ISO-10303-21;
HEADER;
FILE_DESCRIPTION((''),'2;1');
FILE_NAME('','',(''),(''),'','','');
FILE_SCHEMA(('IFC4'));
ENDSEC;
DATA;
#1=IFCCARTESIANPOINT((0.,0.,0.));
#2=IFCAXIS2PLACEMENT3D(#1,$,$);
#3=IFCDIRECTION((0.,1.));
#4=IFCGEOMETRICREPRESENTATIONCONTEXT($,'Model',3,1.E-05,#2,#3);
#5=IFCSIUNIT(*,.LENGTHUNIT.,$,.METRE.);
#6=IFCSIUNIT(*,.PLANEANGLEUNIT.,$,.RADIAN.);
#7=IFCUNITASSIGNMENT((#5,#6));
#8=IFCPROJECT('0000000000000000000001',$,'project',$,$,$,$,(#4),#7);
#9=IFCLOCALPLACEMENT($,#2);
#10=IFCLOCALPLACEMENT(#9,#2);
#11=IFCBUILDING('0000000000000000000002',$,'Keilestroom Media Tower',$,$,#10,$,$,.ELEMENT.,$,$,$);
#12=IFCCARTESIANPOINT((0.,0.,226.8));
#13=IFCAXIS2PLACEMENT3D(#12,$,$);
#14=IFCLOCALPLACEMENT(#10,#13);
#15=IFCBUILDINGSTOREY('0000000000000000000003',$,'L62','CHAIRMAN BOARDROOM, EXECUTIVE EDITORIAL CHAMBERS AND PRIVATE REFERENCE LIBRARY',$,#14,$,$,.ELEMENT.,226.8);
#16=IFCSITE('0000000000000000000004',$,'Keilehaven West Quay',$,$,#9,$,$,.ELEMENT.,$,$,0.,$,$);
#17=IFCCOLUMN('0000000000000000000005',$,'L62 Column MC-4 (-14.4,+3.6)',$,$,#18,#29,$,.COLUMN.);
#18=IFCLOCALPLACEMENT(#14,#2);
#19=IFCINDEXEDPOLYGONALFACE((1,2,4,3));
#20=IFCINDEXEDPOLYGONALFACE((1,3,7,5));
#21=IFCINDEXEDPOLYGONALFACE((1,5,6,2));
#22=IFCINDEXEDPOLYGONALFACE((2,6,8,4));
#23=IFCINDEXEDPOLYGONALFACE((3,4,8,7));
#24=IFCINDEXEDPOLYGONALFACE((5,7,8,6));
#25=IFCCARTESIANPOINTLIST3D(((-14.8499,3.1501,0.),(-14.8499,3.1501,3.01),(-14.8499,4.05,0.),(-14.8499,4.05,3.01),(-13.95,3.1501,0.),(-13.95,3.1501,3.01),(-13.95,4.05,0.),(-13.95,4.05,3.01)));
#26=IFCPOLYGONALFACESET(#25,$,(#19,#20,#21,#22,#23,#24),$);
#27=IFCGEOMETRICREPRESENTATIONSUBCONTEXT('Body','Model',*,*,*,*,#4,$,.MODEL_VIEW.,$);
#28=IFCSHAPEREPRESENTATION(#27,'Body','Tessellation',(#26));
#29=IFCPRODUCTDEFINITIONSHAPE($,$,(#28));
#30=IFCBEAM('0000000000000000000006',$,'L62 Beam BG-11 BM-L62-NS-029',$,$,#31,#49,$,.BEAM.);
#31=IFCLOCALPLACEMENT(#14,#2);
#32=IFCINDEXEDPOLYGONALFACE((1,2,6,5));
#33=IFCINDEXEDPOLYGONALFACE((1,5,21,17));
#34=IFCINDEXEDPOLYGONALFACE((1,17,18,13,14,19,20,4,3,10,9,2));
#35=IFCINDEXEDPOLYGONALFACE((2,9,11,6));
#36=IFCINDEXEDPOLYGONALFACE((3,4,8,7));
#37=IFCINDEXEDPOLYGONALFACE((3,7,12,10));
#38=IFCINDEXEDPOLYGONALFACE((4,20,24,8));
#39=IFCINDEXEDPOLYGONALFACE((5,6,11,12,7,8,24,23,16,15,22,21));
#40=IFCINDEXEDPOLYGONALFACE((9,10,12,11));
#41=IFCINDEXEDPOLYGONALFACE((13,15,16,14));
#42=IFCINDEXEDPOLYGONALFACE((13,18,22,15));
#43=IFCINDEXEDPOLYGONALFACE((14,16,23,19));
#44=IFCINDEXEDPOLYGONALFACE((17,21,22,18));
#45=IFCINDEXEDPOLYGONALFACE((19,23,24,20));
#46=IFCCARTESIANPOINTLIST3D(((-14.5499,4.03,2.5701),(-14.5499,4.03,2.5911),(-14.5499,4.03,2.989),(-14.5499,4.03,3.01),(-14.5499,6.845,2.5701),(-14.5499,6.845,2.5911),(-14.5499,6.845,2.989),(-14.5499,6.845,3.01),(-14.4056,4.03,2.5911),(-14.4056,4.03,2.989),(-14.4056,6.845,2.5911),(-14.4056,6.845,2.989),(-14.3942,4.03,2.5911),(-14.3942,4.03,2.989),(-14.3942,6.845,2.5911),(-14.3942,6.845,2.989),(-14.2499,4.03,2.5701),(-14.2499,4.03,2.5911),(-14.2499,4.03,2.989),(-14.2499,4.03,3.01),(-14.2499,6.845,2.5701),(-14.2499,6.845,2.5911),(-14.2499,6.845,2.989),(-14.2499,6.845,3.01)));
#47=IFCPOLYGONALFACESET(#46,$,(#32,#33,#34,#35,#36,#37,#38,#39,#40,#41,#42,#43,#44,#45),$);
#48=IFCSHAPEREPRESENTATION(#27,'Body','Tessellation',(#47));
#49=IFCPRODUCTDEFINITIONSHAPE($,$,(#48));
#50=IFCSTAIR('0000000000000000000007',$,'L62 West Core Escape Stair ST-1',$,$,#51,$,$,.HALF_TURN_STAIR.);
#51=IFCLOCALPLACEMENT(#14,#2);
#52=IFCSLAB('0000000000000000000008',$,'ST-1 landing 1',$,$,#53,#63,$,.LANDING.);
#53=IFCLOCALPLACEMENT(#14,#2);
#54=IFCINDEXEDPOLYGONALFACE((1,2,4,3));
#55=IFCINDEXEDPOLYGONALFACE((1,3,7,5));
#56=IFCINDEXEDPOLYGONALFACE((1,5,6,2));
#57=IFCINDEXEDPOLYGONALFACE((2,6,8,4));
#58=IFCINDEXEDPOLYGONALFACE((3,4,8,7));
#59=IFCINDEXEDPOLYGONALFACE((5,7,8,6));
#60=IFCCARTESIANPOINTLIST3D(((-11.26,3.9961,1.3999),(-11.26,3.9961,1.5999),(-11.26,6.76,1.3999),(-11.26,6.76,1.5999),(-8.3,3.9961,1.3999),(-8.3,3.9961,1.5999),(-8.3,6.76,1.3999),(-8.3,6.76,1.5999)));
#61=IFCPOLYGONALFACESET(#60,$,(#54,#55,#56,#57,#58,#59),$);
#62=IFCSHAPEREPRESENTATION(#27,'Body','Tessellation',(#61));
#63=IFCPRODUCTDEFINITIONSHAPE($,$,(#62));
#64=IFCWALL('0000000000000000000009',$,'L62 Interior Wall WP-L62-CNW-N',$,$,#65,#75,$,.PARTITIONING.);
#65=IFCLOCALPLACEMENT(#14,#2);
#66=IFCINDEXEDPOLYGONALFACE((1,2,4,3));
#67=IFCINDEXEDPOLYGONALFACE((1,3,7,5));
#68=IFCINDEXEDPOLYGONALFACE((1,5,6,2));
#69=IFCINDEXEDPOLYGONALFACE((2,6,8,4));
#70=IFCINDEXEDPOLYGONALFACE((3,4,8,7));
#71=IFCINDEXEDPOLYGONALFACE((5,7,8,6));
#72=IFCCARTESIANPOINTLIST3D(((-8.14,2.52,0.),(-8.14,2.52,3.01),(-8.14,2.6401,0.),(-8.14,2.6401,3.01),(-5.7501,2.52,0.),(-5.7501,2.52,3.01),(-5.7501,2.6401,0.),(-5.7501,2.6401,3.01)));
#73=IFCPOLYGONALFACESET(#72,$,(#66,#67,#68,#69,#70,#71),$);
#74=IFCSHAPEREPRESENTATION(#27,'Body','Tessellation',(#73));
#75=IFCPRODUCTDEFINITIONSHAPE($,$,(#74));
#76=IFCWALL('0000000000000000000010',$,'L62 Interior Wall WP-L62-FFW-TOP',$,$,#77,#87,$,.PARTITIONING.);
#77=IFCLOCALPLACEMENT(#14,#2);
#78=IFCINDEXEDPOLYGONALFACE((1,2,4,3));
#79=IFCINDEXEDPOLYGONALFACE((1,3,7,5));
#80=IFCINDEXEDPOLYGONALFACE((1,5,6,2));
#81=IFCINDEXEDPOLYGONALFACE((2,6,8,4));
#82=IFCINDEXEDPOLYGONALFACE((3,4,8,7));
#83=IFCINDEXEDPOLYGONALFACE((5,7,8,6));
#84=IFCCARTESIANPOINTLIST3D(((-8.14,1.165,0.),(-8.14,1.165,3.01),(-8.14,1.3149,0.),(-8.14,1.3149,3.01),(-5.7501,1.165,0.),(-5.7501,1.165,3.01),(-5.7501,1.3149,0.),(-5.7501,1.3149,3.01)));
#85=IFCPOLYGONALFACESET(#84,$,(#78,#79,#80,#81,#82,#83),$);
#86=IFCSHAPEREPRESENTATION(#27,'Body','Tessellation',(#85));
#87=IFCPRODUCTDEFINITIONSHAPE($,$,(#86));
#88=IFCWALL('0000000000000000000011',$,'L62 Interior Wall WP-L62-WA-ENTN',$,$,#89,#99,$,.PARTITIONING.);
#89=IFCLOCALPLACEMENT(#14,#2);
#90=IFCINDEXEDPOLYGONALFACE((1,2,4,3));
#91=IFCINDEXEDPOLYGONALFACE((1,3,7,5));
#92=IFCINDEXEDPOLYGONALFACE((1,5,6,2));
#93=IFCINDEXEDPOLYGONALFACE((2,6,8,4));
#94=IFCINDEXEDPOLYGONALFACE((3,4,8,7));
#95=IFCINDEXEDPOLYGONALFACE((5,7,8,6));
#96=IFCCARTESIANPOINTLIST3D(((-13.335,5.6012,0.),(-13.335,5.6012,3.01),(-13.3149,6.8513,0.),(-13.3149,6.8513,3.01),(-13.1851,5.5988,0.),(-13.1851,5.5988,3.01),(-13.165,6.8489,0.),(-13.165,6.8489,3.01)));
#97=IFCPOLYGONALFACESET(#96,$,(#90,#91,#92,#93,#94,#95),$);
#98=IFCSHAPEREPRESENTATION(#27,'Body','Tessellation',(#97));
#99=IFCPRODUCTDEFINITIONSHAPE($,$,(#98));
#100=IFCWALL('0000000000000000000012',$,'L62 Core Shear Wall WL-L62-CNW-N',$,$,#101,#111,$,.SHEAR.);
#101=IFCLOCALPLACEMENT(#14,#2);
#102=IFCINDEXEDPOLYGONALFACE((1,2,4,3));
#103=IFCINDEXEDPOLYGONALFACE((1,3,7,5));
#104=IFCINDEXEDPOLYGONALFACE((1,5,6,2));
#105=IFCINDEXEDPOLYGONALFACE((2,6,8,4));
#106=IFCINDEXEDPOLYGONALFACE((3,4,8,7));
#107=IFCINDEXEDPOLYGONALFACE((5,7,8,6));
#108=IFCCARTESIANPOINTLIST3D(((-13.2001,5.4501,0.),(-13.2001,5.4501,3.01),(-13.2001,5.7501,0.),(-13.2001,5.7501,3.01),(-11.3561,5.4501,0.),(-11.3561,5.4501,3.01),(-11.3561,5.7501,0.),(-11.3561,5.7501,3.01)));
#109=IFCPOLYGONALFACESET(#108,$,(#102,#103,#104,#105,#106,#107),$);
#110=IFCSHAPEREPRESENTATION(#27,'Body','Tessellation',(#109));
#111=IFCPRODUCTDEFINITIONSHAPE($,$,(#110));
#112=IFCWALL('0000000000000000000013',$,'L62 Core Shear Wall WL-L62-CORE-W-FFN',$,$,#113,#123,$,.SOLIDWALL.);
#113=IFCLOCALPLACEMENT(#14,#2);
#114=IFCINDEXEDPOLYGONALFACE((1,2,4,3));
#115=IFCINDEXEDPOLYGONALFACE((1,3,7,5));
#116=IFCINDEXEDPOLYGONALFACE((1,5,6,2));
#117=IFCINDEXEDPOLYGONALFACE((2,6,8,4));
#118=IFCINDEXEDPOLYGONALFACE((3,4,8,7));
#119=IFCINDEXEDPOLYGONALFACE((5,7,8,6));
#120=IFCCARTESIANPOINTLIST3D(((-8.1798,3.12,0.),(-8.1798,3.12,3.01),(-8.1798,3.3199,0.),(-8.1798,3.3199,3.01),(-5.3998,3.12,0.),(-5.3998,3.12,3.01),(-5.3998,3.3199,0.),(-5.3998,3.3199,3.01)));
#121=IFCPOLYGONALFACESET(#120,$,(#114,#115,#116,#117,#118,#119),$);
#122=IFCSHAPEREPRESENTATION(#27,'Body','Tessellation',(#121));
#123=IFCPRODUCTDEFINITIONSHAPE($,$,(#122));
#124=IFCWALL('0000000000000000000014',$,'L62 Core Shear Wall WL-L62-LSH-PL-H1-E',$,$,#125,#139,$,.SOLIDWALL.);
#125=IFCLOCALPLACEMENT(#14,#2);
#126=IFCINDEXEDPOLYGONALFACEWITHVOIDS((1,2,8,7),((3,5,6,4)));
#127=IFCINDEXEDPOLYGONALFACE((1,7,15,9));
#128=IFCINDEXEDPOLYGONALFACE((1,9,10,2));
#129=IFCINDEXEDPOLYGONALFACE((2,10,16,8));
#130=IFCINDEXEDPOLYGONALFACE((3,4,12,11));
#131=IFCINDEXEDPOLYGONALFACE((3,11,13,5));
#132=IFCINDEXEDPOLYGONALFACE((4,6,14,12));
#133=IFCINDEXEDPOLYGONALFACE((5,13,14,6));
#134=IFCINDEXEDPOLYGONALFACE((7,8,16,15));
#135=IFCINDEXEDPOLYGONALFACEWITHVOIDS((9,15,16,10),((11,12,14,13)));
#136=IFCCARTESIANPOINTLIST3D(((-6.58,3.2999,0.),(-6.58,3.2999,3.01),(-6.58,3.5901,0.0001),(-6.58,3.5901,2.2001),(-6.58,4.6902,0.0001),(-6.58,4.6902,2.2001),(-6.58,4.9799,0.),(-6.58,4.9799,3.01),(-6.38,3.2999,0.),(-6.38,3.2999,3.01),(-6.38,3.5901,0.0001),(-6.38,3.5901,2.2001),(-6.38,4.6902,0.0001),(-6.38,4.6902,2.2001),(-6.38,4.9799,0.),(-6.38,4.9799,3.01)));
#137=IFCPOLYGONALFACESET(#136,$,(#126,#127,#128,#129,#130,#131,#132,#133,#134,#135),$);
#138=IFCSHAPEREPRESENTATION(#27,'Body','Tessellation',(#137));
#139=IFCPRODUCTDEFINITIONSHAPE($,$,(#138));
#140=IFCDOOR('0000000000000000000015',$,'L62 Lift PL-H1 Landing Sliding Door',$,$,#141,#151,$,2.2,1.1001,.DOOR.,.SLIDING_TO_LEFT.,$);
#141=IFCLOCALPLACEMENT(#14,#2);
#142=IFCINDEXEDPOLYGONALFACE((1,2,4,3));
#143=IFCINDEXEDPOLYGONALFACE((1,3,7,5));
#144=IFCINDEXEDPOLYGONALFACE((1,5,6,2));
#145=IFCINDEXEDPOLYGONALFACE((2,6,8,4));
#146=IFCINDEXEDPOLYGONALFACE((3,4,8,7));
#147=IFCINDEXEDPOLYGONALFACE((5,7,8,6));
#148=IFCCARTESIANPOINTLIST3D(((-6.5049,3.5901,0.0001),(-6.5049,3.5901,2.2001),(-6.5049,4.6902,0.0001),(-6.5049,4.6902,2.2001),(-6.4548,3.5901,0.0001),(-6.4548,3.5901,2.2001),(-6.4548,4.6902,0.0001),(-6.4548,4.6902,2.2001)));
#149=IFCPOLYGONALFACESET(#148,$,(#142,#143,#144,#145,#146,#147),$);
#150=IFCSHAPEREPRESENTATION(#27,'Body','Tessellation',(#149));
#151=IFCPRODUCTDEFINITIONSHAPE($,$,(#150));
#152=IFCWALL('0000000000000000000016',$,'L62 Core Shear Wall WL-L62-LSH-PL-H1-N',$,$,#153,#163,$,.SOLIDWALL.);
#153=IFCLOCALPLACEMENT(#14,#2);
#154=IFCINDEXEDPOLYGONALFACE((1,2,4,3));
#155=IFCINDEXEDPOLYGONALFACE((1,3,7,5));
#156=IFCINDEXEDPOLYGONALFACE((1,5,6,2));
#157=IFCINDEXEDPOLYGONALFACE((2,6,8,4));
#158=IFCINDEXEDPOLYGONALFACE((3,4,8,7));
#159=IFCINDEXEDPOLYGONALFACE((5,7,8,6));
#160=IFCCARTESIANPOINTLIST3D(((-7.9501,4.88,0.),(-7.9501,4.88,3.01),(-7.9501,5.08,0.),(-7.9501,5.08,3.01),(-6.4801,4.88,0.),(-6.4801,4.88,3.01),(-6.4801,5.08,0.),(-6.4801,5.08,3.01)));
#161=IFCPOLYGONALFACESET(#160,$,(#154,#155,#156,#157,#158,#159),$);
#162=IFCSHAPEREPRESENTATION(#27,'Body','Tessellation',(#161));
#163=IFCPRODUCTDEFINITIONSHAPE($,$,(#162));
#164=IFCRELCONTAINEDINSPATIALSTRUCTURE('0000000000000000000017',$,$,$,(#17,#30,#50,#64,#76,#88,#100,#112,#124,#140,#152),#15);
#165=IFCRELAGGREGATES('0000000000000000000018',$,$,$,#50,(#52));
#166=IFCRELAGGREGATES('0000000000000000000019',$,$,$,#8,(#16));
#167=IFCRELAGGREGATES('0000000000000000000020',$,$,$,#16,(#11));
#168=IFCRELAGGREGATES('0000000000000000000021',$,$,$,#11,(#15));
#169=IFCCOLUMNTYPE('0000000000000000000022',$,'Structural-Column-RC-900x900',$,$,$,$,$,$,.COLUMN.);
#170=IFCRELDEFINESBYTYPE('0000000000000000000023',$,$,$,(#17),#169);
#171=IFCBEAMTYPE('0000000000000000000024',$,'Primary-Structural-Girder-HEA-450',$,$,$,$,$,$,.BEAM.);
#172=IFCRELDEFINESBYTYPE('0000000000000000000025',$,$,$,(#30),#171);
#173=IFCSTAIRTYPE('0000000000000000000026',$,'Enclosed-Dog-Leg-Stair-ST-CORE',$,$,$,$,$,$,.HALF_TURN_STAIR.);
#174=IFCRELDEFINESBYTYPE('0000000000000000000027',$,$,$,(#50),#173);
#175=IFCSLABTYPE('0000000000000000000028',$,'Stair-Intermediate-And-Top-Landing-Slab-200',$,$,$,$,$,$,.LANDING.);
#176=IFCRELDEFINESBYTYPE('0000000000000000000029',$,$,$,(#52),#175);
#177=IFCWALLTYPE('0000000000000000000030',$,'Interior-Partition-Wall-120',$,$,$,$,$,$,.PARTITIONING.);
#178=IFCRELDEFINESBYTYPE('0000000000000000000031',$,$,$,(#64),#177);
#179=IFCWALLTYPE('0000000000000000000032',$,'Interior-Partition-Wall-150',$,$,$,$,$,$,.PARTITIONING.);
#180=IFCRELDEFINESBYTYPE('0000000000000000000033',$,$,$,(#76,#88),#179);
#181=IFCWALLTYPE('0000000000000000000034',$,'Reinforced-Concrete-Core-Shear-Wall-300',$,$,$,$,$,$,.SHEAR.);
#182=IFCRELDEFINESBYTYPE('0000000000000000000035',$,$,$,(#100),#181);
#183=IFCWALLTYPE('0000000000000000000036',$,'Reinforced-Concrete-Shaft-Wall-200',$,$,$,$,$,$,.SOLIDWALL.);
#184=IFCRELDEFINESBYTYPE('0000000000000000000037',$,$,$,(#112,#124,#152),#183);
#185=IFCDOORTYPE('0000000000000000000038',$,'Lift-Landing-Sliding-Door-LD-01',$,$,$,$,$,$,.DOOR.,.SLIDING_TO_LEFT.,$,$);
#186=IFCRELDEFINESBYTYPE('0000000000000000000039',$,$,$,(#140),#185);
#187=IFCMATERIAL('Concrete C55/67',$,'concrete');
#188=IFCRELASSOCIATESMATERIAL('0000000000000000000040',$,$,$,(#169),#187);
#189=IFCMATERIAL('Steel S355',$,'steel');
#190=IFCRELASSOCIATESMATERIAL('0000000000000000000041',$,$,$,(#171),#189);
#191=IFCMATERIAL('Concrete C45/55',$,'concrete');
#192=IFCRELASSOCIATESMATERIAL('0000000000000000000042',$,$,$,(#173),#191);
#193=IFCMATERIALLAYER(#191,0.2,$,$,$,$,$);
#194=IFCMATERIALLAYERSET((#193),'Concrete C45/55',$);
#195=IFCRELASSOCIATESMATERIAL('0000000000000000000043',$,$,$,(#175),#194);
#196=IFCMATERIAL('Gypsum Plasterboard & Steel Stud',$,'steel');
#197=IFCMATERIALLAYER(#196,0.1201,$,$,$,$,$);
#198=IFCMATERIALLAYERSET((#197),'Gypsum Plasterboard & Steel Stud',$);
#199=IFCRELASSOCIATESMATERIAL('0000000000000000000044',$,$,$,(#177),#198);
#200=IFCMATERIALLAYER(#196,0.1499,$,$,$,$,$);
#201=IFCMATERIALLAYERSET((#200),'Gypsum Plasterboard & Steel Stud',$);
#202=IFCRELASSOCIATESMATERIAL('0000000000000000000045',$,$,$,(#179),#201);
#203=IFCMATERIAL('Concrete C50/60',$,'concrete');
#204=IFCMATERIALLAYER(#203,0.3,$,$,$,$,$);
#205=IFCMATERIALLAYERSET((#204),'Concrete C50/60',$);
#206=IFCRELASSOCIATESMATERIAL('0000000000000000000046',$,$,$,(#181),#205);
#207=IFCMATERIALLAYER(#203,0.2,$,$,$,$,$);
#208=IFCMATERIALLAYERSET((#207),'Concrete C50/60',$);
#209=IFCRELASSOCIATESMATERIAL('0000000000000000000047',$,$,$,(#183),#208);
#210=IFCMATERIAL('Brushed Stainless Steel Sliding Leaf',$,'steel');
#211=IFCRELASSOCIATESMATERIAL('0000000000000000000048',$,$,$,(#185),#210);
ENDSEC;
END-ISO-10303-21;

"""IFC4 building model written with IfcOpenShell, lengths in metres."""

from ifc_helpers import new_model, si_unit, direction, frame, frame_2d, origin, origin_2d, place, context, subcontext, project, spatial, polyline, rectangle, i_section, outline, extrude, source, transform, mapped, material, layer, layer_set, material_profile, profile_set, type_object, element, fill, aggregate, save


model = new_model("IFC4")

# Units and contexts
model_context = context("Model", 3, precision=1e-05, world=origin(), true_north=direction((0.0, 1.0)))
body_context = subcontext(model_context, "Body", "Model", "MODEL_VIEW")
ifc_project = project(units=[si_unit("LENGTHUNIT", "METRE"), si_unit("PLANEANGLEUNIT", "RADIAN")], contexts=[model_context])

# Site, building, storey
site_placement = place(None, origin())
site = spatial("IfcSite", under=ifc_project, at=site_placement, Name="Keilehaven West Quay", CompositionType="ELEMENT", RefElevation=0.0)
building_placement = place(site_placement, origin())
building = spatial("IfcBuilding", under=site, at=building_placement, Name="Keilestroom Media Tower", CompositionType="ELEMENT")
storey_placement = place(building_placement, frame((0.0, 0.0, 226.8)))
storey = spatial("IfcBuildingStorey", under=building, at=storey_placement, Name="L62", Description="CHAIRMAN BOARDROOM, EXECUTIVE EDITORIAL CHAMBERS AND PRIVATE REFERENCE LIBRARY", CompositionType="ELEMENT", Elevation=226.8)

# Column
ifc_material_1 = material(Name="Concrete C55/67", Category="concrete")
ifc_material_profile_1 = material_profile(ifc_material_1, rectangle(XDim=0.8999, YDim=0.8999, at=origin_2d()), Name="RC 900x900")
ifc_profile_set_1 = profile_set([ifc_material_profile_1], Name="Concrete C55/67")
column_type = type_object("IfcColumnType", Name="Structural-Column-RC-900x900", PredefinedType="COLUMN", material=ifc_profile_set_1)
shared_shape_1 = source(origin(), body_context, "Body", "SweptSolid", [
    extrude(rectangle(XDim=0.8999, YDim=0.8999, at=origin_2d()), origin(), (0.0, 0.0, 1.0), 3.01),
])
column_placement = place(storey_placement, frame((-14.3999, 3.6001, 0.0), z_axis=(0.0, 0.0, 1.0), x_axis=(1.0, 0.0, 0.0)))
element("IfcColumn", 1, at=column_placement, inside=storey, type_object=column_type, Name="L62 Column MC-4 (-14.4,+3.6)", PredefinedType="COLUMN", context=body_context, shape_type="MappedRepresentation", body=[
    mapped(shared_shape_1, transform((0.0, 0.0, 0.0), x_axis=(1.0, 0.0, 0.0), y_axis=(0.0, 1.0, 0.0), z_axis=(0.0, 0.0, 1.0), scale=1.0)),
])

# Beam
ifc_material_2 = material(Name="Steel S355", Category="steel")
ifc_material_profile_2 = material_profile(ifc_material_2, i_section(OverallWidth=0.3, OverallDepth=0.4399, WebThickness=0.0115, FlangeThickness=0.021, at=origin_2d()), Name="HEA 450")
ifc_profile_set_2 = profile_set([ifc_material_profile_2], Name="Steel S355")
beam_type = type_object("IfcBeamType", Name="Primary-Structural-Girder-HEA-450", PredefinedType="BEAM", material=ifc_profile_set_2)
shared_shape_2 = source(origin(), body_context, "Body", "SweptSolid", [
    extrude(i_section(OverallWidth=0.3, OverallDepth=0.4399, WebThickness=0.0115, FlangeThickness=0.021, at=origin_2d()), origin(), (0.0, 0.0, 1.0), 2.8149),
])
beam_placement = place(storey_placement, frame((-14.3999, 4.03, 2.79), z_axis=(0.0, 1.0, 0.0), x_axis=(-1.0, 0.0, 0.0)))
element("IfcBeam", 2, at=beam_placement, inside=storey, type_object=beam_type, Name="L62 Beam BG-11 BM-L62-NS-029", PredefinedType="BEAM", context=body_context, shape_type="MappedRepresentation", body=[
    mapped(shared_shape_2, transform((0.0, 0.0, 0.0), x_axis=(1.0, 0.0, 0.0), y_axis=(0.0, 1.0, 0.0), z_axis=(0.0, 0.0, 1.0), scale=1.0)),
])

# Stair, slab
ifc_material_3 = material(Name="Concrete C45/55", Category="concrete")
stair_type = type_object("IfcStairType", Name="Enclosed-Dog-Leg-Stair-ST-CORE", PredefinedType="HALF_TURN_STAIR", material=ifc_material_3)
stair_placement = place(storey_placement, origin())
stair = element("IfcStair", 3, at=stair_placement, inside=storey, type_object=stair_type, Name="L62 West Core Escape Stair ST-1", PredefinedType="HALF_TURN_STAIR")
ifc_layer_1 = layer(ifc_material_3, 0.2)
ifc_layer_set_1 = layer_set([ifc_layer_1], Name="Concrete C45/55")
slab_type = type_object("IfcSlabType", Name="Stair-Intermediate-And-Top-Landing-Slab-200", PredefinedType="LANDING", material=ifc_layer_set_1)
slab_placement = place(storey_placement, frame((0.0, 0.0, 1.3999)))
slab = element("IfcSlab", 4, at=slab_placement, type_object=slab_type, Name="ST-1 landing 1", PredefinedType="LANDING", context=body_context, shape_type="SweptSolid", body=[
    extrude(outline(polyline([(-8.3, 3.9961), (-8.3, 6.76), (-11.26, 6.76), (-11.26, 3.9961), (-8.3, 3.9961)])), origin(), (0.0, 0.0, 1.0), 0.2),
])

# Walls
ifc_material_4 = material(Name="Gypsum Plasterboard & Steel Stud", Category="steel")
ifc_layer_2 = layer(ifc_material_4, 0.1201)
ifc_layer_set_2 = layer_set([ifc_layer_2], Name="Gypsum Plasterboard & Steel Stud")
wall_type_1 = type_object("IfcWallType", Name="Interior-Partition-Wall-120", PredefinedType="PARTITIONING", material=ifc_layer_set_2)
wall_1_placement = place(storey_placement, frame((-8.1399, 2.5801, 0.0), z_axis=(0.0, 0.0, 1.0), x_axis=(1.0, 0.0, 0.0)))
element("IfcWall", 5, at=wall_1_placement, inside=storey, type_object=wall_type_1, Name="L62 Interior Wall WP-L62-CNW-N", PredefinedType="PARTITIONING", context=body_context, shape_type="SweptSolid", body=[
    extrude(rectangle(XDim=2.3899, YDim=0.1201, at=frame_2d((1.1948, 0.0))), origin(), (0.0, 0.0, 1.0), 3.01),
])
ifc_layer_3 = layer(ifc_material_4, 0.1499)
ifc_layer_set_3 = layer_set([ifc_layer_3], Name="Gypsum Plasterboard & Steel Stud")
wall_type_2 = type_object("IfcWallType", Name="Interior-Partition-Wall-150", PredefinedType="PARTITIONING", material=ifc_layer_set_3)
wall_2_placement = place(storey_placement, frame((-8.1399, 1.24, 0.0), z_axis=(0.0, 0.0, 1.0), x_axis=(1.0, 0.0, 0.0)))
element("IfcWall", 6, at=wall_2_placement, inside=storey, type_object=wall_type_2, Name="L62 Interior Wall WP-L62-FFW-TOP", PredefinedType="PARTITIONING", context=body_context, shape_type="SweptSolid", body=[
    extrude(rectangle(XDim=2.3899, YDim=0.1499, at=frame_2d((1.1948, 0.0))), origin(), (0.0, 0.0, 1.0), 3.01),
])
wall_3_placement = place(storey_placement, frame((-13.26, 5.6001, 0.0), z_axis=(0.0, 0.0, 1.0), x_axis=(0.016014, 0.999872, 0.0)))
element("IfcWall", 7, at=wall_3_placement, inside=storey, type_object=wall_type_2, Name="L62 Interior Wall WP-L62-WA-ENTN", PredefinedType="PARTITIONING", context=body_context, shape_type="SweptSolid", body=[
    extrude(rectangle(XDim=1.2502, YDim=0.1499, at=frame_2d((0.625, 0.0))), origin(), (0.0, 0.0, 1.0), 3.01),
])
ifc_material_5 = material(Name="Concrete C50/60", Category="concrete")
ifc_layer_4 = layer(ifc_material_5, 0.3)
ifc_layer_set_4 = layer_set([ifc_layer_4], Name="Concrete C50/60")
wall_type_3 = type_object("IfcWallType", Name="Reinforced-Concrete-Core-Shear-Wall-300", PredefinedType="SHEAR", material=ifc_layer_set_4)
wall_4_placement = place(storey_placement, frame((-13.2, 5.6001, 0.0), z_axis=(0.0, 0.0, 1.0), x_axis=(1.0, 0.0, 0.0)))
element("IfcWall", 8, at=wall_4_placement, inside=storey, type_object=wall_type_3, Name="L62 Core Shear Wall WL-L62-CNW-N", PredefinedType="SHEAR", context=body_context, shape_type="SweptSolid", body=[
    extrude(rectangle(XDim=1.844, YDim=0.3, at=frame_2d((0.9219, 0.0))), origin(), (0.0, 0.0, 1.0), 3.01),
])
ifc_layer_5 = layer(ifc_material_5, 0.2)
ifc_layer_set_5 = layer_set([ifc_layer_5], Name="Concrete C50/60")
wall_type_4 = type_object("IfcWallType", Name="Reinforced-Concrete-Shaft-Wall-200", PredefinedType="SOLIDWALL", material=ifc_layer_set_5)
wall_5_placement = place(storey_placement, frame((-8.1799, 3.22, 0.0), z_axis=(0.0, 0.0, 1.0), x_axis=(1.0, 0.0, 0.0)))
element("IfcWall", 9, at=wall_5_placement, inside=storey, type_object=wall_type_4, Name="L62 Core Shear Wall WL-L62-CORE-W-FFN", PredefinedType="SOLIDWALL", context=body_context, shape_type="SweptSolid", body=[
    extrude(rectangle(XDim=2.78, YDim=0.2, at=frame_2d((1.3901, 0.0))), origin(), (0.0, 0.0, 1.0), 3.01),
])

# Wall, opening, door
wall_6_placement = place(storey_placement, frame((-6.48, 3.3, 0.0), z_axis=(0.0, 0.0, 1.0), x_axis=(0.0, 1.0, 0.0)))
wall_6 = element("IfcWall", 10, at=wall_6_placement, inside=storey, type_object=wall_type_4, Name="L62 Core Shear Wall WL-L62-LSH-PL-H1-E", PredefinedType="SOLIDWALL", context=body_context, shape_type="SweptSolid", body=[
    extrude(rectangle(XDim=1.6799, YDim=0.2, at=frame_2d((0.8398, 0.0))), origin(), (0.0, 0.0, 1.0), 3.01),
])
opening_1_placement = place(wall_6_placement, frame((0.29, 0.0, 0.0)))
opening_1 = element("IfcOpeningElement", 11, at=opening_1_placement, cuts=wall_6, PredefinedType="OPENING", context=body_context, shape_type="SweptSolid", body=[
    extrude(rectangle(XDim=1.1001, YDim=2.2, at=frame_2d((0.55, 1.1001))), frame((0.0, 0.1099, 0.0), z_axis=(0.0, -1.0, 0.0), x_axis=(1.0, 0.0, 0.0)), (0.0, 0.0, 1.0), 0.22),
])
ifc_material_6 = material(Name="Brushed Stainless Steel Sliding Leaf", Category="steel")
door_type = type_object("IfcDoorType", Name="Lift-Landing-Sliding-Door-LD-01", OperationType="SLIDING_TO_LEFT", PredefinedType="DOOR", material=ifc_material_6)
shared_shape_3 = source(origin(), body_context, "Body", "SweptSolid", [
    extrude(rectangle(XDim=1.1001, YDim=2.2, at=frame_2d((0.55, 1.1001))), frame((0.0, 0.0249, 0.0), z_axis=(0.0, -1.0, 0.0), x_axis=(1.0, 0.0, 0.0)), (0.0, 0.0, 1.0), 0.05),
])
door_1_placement = place(opening_1_placement, origin())
door_1 = element("IfcDoor", 12, at=door_1_placement, inside=storey, type_object=door_type, Name="L62 Lift PL-H1 Landing Sliding Door", OperationType="SLIDING_TO_LEFT", OverallHeight=2.2, OverallWidth=1.1001, PredefinedType="DOOR", context=body_context, shape_type="MappedRepresentation", body=[
    mapped(shared_shape_3, transform((0.0, 0.0, 0.0), x_axis=(1.0, 0.0, 0.0), y_axis=(0.0, 1.0, 0.0), z_axis=(0.0, 0.0, 1.0), scale=1.0)),
])
fill(opening_1, door_1)

# Wall
wall_7_placement = place(storey_placement, frame((-7.95, 4.98, 0.0), z_axis=(0.0, 0.0, 1.0), x_axis=(1.0, 0.0, 0.0)))
element("IfcWall", 13, at=wall_7_placement, inside=storey, type_object=wall_type_4, Name="L62 Core Shear Wall WL-L62-LSH-PL-H1-N", PredefinedType="SOLIDWALL", context=body_context, shape_type="SweptSolid", body=[
    extrude(rectangle(XDim=1.47, YDim=0.2, at=frame_2d((0.7349, 0.0))), origin(), (0.0, 0.0, 1.0), 3.01),
])

aggregate(stair, [slab])

save(model, "model.ifc")
